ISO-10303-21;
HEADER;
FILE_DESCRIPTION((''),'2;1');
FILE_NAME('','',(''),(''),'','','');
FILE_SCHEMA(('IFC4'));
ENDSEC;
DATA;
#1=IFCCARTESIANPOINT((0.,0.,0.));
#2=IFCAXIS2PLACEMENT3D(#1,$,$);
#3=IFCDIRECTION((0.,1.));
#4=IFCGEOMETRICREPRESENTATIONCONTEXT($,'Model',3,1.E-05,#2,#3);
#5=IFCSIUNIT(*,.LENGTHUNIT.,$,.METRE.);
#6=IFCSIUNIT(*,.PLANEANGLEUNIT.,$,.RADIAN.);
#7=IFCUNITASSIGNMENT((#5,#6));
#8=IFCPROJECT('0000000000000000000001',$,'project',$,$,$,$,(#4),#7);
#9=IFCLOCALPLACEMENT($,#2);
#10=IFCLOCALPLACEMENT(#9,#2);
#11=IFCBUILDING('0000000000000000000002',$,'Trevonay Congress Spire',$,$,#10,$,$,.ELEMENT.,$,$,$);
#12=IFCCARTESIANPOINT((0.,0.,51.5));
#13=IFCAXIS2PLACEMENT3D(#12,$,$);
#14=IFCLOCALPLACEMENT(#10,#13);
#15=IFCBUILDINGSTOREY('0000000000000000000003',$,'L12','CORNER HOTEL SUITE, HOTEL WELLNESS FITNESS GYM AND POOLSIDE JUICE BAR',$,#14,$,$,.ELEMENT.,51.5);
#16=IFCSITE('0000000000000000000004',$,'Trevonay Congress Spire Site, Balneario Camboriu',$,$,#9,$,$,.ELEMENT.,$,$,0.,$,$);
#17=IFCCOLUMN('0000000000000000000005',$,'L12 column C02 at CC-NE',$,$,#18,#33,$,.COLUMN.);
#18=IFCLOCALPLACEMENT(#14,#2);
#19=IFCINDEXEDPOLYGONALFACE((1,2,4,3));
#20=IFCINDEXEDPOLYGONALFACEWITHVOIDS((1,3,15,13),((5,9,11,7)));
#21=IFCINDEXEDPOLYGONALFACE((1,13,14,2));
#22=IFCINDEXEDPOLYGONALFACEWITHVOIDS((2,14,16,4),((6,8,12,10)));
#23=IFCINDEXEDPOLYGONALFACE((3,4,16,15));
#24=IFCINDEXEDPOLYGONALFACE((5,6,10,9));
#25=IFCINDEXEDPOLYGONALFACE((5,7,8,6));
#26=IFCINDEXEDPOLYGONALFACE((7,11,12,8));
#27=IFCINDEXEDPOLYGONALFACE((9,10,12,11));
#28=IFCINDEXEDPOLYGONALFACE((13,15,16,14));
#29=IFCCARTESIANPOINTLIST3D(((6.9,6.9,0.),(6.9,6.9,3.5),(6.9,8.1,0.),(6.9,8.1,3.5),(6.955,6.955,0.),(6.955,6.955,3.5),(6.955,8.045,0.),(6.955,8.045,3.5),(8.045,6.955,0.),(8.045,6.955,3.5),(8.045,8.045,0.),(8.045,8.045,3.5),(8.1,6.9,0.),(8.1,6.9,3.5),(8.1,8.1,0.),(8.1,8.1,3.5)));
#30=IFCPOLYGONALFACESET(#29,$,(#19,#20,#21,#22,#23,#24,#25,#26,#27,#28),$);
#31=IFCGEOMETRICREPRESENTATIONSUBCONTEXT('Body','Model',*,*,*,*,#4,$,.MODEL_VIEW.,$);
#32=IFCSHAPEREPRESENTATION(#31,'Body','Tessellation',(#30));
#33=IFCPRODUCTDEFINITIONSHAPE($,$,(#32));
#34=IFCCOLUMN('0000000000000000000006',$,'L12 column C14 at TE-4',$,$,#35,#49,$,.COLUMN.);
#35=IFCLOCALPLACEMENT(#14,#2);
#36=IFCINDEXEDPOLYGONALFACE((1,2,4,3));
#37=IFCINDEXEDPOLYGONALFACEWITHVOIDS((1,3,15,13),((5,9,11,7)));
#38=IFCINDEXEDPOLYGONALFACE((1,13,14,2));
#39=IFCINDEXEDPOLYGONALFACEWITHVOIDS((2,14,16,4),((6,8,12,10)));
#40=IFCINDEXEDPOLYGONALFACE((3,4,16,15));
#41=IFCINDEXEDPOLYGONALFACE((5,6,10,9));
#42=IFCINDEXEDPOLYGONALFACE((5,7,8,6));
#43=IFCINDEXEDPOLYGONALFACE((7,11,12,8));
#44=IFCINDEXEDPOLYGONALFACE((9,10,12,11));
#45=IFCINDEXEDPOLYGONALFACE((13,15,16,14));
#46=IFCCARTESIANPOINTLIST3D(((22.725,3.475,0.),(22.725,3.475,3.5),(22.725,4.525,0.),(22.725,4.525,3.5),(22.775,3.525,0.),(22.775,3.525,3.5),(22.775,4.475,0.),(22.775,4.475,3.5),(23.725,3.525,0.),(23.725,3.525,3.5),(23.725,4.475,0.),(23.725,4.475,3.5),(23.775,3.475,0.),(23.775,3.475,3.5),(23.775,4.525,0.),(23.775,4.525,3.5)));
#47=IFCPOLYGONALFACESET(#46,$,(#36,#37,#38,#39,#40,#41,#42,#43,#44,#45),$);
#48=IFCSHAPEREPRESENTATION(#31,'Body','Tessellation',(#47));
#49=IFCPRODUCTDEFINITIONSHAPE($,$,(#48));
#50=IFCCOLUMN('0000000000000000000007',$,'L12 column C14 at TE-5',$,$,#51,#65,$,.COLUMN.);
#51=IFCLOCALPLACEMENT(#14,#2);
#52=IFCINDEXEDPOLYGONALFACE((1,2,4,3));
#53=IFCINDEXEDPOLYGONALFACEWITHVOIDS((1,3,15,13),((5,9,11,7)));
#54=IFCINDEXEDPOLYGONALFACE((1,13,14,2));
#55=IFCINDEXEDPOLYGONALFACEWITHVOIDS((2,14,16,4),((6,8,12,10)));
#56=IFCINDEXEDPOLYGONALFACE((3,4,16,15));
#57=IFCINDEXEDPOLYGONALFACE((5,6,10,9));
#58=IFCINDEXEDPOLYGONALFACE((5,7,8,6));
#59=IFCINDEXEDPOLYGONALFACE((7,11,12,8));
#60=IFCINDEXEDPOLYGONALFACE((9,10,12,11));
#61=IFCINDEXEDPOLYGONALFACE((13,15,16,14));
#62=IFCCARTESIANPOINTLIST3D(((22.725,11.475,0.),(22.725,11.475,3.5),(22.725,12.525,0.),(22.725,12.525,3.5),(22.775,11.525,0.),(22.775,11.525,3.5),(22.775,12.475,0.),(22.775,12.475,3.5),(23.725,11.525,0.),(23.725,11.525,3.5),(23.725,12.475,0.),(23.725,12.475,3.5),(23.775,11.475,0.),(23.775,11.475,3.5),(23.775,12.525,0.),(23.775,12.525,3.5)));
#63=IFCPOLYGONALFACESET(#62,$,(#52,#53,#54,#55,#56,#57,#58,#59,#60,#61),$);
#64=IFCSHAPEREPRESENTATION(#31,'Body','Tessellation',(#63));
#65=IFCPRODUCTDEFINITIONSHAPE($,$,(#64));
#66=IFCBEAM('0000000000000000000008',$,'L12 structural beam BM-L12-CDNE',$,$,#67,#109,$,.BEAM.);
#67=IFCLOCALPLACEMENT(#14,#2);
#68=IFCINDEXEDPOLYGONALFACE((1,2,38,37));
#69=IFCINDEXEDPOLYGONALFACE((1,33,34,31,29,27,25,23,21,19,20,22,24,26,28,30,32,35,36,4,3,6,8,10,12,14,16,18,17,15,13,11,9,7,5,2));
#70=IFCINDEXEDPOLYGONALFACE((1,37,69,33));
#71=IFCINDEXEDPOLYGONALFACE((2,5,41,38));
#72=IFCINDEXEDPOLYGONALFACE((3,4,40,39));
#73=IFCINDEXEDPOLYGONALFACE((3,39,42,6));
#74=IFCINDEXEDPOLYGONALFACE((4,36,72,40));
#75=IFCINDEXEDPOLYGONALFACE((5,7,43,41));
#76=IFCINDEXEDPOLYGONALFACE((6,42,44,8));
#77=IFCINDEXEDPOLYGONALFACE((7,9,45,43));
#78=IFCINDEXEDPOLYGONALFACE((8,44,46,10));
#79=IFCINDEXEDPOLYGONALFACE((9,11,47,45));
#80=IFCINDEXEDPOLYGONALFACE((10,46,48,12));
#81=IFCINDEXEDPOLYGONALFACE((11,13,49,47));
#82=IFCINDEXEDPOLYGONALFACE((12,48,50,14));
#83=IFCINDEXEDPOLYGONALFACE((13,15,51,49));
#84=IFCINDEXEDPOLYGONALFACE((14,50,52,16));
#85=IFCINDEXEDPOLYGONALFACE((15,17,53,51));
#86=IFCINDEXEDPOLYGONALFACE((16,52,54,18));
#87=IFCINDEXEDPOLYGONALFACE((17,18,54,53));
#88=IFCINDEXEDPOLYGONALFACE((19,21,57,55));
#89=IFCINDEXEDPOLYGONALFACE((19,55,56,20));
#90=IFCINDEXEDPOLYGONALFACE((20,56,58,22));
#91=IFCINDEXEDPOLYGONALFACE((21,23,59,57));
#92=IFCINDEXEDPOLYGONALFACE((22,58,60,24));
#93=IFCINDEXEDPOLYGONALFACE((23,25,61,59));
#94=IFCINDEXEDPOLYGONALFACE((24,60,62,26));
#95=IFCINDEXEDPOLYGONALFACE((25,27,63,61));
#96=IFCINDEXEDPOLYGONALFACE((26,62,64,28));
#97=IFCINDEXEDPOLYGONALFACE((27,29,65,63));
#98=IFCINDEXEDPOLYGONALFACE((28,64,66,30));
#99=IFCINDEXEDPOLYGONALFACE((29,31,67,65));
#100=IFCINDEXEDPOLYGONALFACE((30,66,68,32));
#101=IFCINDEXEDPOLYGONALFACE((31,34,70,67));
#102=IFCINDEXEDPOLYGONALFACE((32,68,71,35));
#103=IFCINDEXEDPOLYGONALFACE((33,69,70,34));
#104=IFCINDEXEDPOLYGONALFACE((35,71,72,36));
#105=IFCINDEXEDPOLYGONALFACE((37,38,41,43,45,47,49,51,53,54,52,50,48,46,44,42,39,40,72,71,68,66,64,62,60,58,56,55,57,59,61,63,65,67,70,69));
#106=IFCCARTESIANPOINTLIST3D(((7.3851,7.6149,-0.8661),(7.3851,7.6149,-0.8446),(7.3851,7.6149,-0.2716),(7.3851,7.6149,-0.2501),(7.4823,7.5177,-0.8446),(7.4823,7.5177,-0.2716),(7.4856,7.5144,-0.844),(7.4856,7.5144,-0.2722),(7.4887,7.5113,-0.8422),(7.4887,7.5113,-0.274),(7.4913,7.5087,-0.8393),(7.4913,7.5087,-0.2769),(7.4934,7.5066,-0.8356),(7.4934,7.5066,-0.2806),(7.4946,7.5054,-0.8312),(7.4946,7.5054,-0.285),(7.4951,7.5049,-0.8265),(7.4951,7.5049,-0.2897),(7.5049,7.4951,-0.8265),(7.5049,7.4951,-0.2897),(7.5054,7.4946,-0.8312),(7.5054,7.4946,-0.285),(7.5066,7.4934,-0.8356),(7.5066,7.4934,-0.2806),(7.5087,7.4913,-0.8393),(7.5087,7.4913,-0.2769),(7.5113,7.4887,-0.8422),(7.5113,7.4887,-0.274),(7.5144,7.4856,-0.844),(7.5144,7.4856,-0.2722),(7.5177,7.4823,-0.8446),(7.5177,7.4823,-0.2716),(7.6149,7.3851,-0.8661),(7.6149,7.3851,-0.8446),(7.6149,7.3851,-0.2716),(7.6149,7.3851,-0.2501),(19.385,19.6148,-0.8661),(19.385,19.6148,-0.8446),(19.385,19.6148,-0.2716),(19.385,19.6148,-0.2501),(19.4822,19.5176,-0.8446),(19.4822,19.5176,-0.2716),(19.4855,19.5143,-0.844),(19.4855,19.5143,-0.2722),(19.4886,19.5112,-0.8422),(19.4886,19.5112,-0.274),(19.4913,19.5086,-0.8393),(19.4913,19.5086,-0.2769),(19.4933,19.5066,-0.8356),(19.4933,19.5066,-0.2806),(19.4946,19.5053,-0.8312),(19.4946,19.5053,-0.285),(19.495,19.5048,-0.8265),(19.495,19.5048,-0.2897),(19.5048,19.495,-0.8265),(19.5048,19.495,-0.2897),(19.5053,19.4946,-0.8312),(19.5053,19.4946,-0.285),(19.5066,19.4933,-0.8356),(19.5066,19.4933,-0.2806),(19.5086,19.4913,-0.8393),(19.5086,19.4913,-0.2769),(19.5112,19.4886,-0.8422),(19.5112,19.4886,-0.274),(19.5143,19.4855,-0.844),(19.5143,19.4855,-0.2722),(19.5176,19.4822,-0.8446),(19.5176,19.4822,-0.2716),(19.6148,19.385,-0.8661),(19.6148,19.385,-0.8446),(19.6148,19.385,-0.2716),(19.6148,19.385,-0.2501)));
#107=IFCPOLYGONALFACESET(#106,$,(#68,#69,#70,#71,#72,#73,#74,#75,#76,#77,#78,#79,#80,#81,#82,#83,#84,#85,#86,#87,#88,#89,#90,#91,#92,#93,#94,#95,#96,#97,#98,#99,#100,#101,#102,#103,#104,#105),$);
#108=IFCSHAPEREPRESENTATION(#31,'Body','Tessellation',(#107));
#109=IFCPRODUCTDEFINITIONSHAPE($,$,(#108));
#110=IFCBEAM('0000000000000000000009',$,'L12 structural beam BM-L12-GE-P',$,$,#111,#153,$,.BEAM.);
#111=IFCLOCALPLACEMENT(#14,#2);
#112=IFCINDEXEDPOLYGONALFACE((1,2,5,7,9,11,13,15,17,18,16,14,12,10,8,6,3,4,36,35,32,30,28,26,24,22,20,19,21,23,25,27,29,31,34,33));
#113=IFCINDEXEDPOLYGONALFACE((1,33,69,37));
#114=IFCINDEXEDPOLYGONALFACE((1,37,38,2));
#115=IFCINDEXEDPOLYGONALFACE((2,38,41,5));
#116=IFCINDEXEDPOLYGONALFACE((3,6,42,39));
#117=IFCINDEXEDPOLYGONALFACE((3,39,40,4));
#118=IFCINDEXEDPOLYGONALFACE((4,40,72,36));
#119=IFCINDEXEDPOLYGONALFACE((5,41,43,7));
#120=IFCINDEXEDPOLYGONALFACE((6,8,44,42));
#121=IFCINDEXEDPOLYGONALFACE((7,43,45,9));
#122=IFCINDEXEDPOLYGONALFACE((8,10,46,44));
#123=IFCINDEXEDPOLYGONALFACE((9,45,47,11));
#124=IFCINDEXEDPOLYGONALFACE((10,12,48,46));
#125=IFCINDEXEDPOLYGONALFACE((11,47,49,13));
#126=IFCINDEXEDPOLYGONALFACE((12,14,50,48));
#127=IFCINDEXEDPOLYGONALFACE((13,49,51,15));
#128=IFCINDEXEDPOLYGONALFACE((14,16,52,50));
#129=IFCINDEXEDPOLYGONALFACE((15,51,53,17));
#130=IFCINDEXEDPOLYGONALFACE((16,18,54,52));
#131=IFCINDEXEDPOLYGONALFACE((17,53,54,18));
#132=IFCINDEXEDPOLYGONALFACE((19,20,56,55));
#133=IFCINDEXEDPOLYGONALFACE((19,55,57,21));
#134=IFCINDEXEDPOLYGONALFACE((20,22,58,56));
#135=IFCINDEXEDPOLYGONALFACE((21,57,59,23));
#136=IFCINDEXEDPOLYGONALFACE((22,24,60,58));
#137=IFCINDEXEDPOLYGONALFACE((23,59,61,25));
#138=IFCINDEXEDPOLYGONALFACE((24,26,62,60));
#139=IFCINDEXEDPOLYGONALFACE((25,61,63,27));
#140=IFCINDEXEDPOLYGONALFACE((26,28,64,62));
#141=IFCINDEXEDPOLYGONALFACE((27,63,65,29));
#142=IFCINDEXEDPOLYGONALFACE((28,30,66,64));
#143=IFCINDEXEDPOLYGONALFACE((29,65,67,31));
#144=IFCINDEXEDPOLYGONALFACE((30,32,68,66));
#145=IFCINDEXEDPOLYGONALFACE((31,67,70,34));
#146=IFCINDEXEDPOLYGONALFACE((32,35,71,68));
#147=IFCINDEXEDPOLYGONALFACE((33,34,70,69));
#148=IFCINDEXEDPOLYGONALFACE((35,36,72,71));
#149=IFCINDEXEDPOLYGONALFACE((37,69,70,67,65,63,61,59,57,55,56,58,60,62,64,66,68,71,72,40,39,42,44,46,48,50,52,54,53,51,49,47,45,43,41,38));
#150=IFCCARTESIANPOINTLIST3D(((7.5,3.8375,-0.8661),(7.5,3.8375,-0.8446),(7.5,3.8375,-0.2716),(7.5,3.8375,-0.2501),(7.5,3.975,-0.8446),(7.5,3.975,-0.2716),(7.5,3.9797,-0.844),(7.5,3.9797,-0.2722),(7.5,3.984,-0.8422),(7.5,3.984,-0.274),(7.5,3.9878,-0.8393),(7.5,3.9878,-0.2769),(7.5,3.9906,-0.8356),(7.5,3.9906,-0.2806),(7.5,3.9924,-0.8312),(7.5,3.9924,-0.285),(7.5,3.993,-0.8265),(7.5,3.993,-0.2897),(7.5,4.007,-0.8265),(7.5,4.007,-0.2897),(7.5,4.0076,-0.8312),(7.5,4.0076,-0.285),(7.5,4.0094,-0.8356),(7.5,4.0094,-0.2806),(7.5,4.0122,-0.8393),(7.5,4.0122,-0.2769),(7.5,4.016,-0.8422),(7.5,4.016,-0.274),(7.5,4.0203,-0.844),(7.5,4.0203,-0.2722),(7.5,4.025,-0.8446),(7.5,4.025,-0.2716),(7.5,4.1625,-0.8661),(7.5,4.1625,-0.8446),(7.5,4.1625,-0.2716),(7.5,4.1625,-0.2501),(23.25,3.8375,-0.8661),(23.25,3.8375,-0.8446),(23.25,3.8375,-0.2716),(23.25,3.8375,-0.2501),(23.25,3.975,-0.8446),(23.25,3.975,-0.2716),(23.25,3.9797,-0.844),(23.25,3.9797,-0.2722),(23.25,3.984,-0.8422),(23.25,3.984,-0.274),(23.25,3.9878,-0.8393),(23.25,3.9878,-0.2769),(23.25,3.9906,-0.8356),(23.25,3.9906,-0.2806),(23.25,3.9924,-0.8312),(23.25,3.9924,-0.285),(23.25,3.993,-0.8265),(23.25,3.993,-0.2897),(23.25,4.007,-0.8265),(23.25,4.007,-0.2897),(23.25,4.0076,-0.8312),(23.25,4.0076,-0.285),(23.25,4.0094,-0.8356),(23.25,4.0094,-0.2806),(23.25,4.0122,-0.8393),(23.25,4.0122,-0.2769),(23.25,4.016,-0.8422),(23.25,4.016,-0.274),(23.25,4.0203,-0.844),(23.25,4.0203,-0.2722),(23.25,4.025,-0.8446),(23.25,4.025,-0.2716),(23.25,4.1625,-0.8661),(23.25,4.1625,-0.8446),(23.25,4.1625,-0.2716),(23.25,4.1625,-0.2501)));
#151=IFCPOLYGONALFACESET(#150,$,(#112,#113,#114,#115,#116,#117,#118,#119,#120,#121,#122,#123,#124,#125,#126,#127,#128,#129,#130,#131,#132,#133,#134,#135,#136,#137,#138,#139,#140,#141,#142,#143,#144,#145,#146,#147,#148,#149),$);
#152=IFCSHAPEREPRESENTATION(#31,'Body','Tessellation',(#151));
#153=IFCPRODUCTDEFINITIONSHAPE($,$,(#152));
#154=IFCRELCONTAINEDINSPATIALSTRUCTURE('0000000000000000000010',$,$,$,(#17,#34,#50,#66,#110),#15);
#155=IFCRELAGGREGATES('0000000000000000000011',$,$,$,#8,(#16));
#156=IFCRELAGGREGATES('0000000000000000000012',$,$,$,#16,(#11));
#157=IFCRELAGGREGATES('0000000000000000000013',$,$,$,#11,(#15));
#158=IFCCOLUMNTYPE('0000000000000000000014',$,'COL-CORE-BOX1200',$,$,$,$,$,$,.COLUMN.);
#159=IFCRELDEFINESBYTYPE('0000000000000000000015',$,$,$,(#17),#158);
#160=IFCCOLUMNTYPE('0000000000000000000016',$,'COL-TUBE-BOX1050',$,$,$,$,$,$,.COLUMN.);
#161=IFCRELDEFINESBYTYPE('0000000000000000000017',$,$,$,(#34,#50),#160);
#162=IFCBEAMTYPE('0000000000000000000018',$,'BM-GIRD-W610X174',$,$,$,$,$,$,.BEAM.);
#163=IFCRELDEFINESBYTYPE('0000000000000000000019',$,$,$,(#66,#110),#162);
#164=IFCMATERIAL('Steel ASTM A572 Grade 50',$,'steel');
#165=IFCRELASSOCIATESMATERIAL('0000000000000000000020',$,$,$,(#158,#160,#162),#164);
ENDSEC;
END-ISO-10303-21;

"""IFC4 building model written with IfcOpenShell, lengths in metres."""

from ifc_helpers import new_model, si_unit, direction, frame, origin, origin_2d, place, context, subcontext, project, spatial, hollow_rectangle, i_section, extrude, material, material_profile, profile_set, type_object, element, save


model = new_model("IFC4")

# Units and contexts
model_context = context("Model", 3, precision=1e-05, world=origin(), true_north=direction((0.0, 1.0)))
body_context = subcontext(model_context, "Body", "Model", "MODEL_VIEW")
ifc_project = project(units=[si_unit("LENGTHUNIT", "METRE"), si_unit("PLANEANGLEUNIT", "RADIAN")], contexts=[model_context])

# Site, building, storey
site_placement = place(None, origin())
site = spatial("IfcSite", under=ifc_project, at=site_placement, Name="Trevonay Congress Spire Site, Balneario Camboriu", CompositionType="ELEMENT", RefElevation=0.0)
building_placement = place(site_placement, origin())
building = spatial("IfcBuilding", under=site, at=building_placement, Name="Trevonay Congress Spire", CompositionType="ELEMENT")
storey_placement = place(building_placement, frame((0.0, 0.0, 51.5)))
storey = spatial("IfcBuildingStorey", under=building, at=storey_placement, Name="L12", Description="CORNER HOTEL SUITE, HOTEL WELLNESS FITNESS GYM AND POOLSIDE JUICE BAR", CompositionType="ELEMENT", Elevation=51.5)

# Columns
ifc_material_1 = material(Name="Steel ASTM A572 Grade 50", Category="steel")
ifc_material_profile_1 = material_profile(ifc_material_1, hollow_rectangle(XDim=1.2, YDim=1.2, WallThickness=0.0549, at=origin_2d()), Name="BOX 1200x1200x55")
ifc_profile_set_1 = profile_set([ifc_material_profile_1], Name="Steel ASTM A572 Grade 50")
column_type_1 = type_object("IfcColumnType", Name="COL-CORE-BOX1200", PredefinedType="COLUMN", material=ifc_profile_set_1)
column_placement = place(storey_placement, frame((7.5, 7.5, 0.0), z_axis=(0.0, 0.0, 1.0), x_axis=(1.0, 0.0, 0.0)))
element("IfcColumn", 1, at=column_placement, inside=storey, type_object=column_type_1, Name="L12 column C02 at CC-NE", PredefinedType="COLUMN", context=body_context, shape_type="SweptSolid", body=[
    extrude(hollow_rectangle(XDim=1.2, YDim=1.2, WallThickness=0.0549, at=origin_2d()), origin(), (0.0, 0.0, 1.0), 3.5),
])
ifc_material_profile_2 = material_profile(ifc_material_1, hollow_rectangle(XDim=1.05, YDim=1.05, WallThickness=0.05, at=origin_2d()), Name="BOX 1050x1050x50")
ifc_profile_set_2 = profile_set([ifc_material_profile_2], Name="Steel ASTM A572 Grade 50")
column_type_2 = type_object("IfcColumnType", Name="COL-TUBE-BOX1050", PredefinedType="COLUMN", material=ifc_profile_set_2)
for number, where, z_axis, x_axis, name in (
    (2, (23.25, 4.0, 0.0), (0.0, 0.0, 1.0), (1.0, 0.0, 0.0), "L12 column C14 at TE-4"),
    (3, (23.25, 12.0, 0.0), (0.0, 0.0, 1.0), (1.0, 0.0, 0.0), "L12 column C14 at TE-5"),
):
    element("IfcColumn", number, at=place(storey_placement, frame(where, z_axis=z_axis, x_axis=x_axis)), inside=storey, type_object=column_type_2, Name=name, PredefinedType="COLUMN", context=body_context, shape_type="SweptSolid", body=[
        extrude(hollow_rectangle(XDim=1.05, YDim=1.05, WallThickness=0.05, at=origin_2d()), origin(), (0.0, 0.0, 1.0), 3.5),
    ])

# Beams
ifc_material_profile_3 = material_profile(ifc_material_1, i_section(OverallWidth=0.325, OverallDepth=0.616, WebThickness=0.0139, FlangeThickness=0.0215, FilletRadius=0.0181, at=origin_2d()), Name="W610x174")
ifc_profile_set_3 = profile_set([ifc_material_profile_3], Name="Steel ASTM A572 Grade 50")
beam_type_1 = type_object("IfcBeamType", Name="BM-GIRD-W610X174", PredefinedType="BEAM", material=ifc_profile_set_3)
beam_1_placement = place(storey_placement, frame((7.5, 7.5, -0.5581), z_axis=(0.707107, 0.707107, 0.0), x_axis=(-0.707107, 0.707107, 0.0)))
element("IfcBeam", 4, at=beam_1_placement, inside=storey, type_object=beam_type_1, Name="L12 structural beam BM-L12-CDNE", PredefinedType="BEAM", context=body_context, shape_type="SweptSolid", body=[
    extrude(i_section(OverallWidth=0.325, OverallDepth=0.616, WebThickness=0.0139, FlangeThickness=0.0215, FilletRadius=0.0181, at=origin_2d()), origin(), (0.0, 0.0, 1.0), 16.9705),
])
beam_2_placement = place(storey_placement, frame((7.5, 4.0, -0.5581), z_axis=(1.0, 0.0, 0.0), x_axis=(0.0, 1.0, 0.0)))
element("IfcBeam", 5, at=beam_2_placement, inside=storey, type_object=beam_type_1, Name="L12 structural beam BM-L12-GE-P", PredefinedType="BEAM", context=body_context, shape_type="SweptSolid", body=[
    extrude(i_section(OverallWidth=0.325, OverallDepth=0.616, WebThickness=0.0139, FlangeThickness=0.0215, FilletRadius=0.0181, at=origin_2d()), origin(), (0.0, 0.0, 1.0), 15.75),
])

save(model, "model.ifc")
